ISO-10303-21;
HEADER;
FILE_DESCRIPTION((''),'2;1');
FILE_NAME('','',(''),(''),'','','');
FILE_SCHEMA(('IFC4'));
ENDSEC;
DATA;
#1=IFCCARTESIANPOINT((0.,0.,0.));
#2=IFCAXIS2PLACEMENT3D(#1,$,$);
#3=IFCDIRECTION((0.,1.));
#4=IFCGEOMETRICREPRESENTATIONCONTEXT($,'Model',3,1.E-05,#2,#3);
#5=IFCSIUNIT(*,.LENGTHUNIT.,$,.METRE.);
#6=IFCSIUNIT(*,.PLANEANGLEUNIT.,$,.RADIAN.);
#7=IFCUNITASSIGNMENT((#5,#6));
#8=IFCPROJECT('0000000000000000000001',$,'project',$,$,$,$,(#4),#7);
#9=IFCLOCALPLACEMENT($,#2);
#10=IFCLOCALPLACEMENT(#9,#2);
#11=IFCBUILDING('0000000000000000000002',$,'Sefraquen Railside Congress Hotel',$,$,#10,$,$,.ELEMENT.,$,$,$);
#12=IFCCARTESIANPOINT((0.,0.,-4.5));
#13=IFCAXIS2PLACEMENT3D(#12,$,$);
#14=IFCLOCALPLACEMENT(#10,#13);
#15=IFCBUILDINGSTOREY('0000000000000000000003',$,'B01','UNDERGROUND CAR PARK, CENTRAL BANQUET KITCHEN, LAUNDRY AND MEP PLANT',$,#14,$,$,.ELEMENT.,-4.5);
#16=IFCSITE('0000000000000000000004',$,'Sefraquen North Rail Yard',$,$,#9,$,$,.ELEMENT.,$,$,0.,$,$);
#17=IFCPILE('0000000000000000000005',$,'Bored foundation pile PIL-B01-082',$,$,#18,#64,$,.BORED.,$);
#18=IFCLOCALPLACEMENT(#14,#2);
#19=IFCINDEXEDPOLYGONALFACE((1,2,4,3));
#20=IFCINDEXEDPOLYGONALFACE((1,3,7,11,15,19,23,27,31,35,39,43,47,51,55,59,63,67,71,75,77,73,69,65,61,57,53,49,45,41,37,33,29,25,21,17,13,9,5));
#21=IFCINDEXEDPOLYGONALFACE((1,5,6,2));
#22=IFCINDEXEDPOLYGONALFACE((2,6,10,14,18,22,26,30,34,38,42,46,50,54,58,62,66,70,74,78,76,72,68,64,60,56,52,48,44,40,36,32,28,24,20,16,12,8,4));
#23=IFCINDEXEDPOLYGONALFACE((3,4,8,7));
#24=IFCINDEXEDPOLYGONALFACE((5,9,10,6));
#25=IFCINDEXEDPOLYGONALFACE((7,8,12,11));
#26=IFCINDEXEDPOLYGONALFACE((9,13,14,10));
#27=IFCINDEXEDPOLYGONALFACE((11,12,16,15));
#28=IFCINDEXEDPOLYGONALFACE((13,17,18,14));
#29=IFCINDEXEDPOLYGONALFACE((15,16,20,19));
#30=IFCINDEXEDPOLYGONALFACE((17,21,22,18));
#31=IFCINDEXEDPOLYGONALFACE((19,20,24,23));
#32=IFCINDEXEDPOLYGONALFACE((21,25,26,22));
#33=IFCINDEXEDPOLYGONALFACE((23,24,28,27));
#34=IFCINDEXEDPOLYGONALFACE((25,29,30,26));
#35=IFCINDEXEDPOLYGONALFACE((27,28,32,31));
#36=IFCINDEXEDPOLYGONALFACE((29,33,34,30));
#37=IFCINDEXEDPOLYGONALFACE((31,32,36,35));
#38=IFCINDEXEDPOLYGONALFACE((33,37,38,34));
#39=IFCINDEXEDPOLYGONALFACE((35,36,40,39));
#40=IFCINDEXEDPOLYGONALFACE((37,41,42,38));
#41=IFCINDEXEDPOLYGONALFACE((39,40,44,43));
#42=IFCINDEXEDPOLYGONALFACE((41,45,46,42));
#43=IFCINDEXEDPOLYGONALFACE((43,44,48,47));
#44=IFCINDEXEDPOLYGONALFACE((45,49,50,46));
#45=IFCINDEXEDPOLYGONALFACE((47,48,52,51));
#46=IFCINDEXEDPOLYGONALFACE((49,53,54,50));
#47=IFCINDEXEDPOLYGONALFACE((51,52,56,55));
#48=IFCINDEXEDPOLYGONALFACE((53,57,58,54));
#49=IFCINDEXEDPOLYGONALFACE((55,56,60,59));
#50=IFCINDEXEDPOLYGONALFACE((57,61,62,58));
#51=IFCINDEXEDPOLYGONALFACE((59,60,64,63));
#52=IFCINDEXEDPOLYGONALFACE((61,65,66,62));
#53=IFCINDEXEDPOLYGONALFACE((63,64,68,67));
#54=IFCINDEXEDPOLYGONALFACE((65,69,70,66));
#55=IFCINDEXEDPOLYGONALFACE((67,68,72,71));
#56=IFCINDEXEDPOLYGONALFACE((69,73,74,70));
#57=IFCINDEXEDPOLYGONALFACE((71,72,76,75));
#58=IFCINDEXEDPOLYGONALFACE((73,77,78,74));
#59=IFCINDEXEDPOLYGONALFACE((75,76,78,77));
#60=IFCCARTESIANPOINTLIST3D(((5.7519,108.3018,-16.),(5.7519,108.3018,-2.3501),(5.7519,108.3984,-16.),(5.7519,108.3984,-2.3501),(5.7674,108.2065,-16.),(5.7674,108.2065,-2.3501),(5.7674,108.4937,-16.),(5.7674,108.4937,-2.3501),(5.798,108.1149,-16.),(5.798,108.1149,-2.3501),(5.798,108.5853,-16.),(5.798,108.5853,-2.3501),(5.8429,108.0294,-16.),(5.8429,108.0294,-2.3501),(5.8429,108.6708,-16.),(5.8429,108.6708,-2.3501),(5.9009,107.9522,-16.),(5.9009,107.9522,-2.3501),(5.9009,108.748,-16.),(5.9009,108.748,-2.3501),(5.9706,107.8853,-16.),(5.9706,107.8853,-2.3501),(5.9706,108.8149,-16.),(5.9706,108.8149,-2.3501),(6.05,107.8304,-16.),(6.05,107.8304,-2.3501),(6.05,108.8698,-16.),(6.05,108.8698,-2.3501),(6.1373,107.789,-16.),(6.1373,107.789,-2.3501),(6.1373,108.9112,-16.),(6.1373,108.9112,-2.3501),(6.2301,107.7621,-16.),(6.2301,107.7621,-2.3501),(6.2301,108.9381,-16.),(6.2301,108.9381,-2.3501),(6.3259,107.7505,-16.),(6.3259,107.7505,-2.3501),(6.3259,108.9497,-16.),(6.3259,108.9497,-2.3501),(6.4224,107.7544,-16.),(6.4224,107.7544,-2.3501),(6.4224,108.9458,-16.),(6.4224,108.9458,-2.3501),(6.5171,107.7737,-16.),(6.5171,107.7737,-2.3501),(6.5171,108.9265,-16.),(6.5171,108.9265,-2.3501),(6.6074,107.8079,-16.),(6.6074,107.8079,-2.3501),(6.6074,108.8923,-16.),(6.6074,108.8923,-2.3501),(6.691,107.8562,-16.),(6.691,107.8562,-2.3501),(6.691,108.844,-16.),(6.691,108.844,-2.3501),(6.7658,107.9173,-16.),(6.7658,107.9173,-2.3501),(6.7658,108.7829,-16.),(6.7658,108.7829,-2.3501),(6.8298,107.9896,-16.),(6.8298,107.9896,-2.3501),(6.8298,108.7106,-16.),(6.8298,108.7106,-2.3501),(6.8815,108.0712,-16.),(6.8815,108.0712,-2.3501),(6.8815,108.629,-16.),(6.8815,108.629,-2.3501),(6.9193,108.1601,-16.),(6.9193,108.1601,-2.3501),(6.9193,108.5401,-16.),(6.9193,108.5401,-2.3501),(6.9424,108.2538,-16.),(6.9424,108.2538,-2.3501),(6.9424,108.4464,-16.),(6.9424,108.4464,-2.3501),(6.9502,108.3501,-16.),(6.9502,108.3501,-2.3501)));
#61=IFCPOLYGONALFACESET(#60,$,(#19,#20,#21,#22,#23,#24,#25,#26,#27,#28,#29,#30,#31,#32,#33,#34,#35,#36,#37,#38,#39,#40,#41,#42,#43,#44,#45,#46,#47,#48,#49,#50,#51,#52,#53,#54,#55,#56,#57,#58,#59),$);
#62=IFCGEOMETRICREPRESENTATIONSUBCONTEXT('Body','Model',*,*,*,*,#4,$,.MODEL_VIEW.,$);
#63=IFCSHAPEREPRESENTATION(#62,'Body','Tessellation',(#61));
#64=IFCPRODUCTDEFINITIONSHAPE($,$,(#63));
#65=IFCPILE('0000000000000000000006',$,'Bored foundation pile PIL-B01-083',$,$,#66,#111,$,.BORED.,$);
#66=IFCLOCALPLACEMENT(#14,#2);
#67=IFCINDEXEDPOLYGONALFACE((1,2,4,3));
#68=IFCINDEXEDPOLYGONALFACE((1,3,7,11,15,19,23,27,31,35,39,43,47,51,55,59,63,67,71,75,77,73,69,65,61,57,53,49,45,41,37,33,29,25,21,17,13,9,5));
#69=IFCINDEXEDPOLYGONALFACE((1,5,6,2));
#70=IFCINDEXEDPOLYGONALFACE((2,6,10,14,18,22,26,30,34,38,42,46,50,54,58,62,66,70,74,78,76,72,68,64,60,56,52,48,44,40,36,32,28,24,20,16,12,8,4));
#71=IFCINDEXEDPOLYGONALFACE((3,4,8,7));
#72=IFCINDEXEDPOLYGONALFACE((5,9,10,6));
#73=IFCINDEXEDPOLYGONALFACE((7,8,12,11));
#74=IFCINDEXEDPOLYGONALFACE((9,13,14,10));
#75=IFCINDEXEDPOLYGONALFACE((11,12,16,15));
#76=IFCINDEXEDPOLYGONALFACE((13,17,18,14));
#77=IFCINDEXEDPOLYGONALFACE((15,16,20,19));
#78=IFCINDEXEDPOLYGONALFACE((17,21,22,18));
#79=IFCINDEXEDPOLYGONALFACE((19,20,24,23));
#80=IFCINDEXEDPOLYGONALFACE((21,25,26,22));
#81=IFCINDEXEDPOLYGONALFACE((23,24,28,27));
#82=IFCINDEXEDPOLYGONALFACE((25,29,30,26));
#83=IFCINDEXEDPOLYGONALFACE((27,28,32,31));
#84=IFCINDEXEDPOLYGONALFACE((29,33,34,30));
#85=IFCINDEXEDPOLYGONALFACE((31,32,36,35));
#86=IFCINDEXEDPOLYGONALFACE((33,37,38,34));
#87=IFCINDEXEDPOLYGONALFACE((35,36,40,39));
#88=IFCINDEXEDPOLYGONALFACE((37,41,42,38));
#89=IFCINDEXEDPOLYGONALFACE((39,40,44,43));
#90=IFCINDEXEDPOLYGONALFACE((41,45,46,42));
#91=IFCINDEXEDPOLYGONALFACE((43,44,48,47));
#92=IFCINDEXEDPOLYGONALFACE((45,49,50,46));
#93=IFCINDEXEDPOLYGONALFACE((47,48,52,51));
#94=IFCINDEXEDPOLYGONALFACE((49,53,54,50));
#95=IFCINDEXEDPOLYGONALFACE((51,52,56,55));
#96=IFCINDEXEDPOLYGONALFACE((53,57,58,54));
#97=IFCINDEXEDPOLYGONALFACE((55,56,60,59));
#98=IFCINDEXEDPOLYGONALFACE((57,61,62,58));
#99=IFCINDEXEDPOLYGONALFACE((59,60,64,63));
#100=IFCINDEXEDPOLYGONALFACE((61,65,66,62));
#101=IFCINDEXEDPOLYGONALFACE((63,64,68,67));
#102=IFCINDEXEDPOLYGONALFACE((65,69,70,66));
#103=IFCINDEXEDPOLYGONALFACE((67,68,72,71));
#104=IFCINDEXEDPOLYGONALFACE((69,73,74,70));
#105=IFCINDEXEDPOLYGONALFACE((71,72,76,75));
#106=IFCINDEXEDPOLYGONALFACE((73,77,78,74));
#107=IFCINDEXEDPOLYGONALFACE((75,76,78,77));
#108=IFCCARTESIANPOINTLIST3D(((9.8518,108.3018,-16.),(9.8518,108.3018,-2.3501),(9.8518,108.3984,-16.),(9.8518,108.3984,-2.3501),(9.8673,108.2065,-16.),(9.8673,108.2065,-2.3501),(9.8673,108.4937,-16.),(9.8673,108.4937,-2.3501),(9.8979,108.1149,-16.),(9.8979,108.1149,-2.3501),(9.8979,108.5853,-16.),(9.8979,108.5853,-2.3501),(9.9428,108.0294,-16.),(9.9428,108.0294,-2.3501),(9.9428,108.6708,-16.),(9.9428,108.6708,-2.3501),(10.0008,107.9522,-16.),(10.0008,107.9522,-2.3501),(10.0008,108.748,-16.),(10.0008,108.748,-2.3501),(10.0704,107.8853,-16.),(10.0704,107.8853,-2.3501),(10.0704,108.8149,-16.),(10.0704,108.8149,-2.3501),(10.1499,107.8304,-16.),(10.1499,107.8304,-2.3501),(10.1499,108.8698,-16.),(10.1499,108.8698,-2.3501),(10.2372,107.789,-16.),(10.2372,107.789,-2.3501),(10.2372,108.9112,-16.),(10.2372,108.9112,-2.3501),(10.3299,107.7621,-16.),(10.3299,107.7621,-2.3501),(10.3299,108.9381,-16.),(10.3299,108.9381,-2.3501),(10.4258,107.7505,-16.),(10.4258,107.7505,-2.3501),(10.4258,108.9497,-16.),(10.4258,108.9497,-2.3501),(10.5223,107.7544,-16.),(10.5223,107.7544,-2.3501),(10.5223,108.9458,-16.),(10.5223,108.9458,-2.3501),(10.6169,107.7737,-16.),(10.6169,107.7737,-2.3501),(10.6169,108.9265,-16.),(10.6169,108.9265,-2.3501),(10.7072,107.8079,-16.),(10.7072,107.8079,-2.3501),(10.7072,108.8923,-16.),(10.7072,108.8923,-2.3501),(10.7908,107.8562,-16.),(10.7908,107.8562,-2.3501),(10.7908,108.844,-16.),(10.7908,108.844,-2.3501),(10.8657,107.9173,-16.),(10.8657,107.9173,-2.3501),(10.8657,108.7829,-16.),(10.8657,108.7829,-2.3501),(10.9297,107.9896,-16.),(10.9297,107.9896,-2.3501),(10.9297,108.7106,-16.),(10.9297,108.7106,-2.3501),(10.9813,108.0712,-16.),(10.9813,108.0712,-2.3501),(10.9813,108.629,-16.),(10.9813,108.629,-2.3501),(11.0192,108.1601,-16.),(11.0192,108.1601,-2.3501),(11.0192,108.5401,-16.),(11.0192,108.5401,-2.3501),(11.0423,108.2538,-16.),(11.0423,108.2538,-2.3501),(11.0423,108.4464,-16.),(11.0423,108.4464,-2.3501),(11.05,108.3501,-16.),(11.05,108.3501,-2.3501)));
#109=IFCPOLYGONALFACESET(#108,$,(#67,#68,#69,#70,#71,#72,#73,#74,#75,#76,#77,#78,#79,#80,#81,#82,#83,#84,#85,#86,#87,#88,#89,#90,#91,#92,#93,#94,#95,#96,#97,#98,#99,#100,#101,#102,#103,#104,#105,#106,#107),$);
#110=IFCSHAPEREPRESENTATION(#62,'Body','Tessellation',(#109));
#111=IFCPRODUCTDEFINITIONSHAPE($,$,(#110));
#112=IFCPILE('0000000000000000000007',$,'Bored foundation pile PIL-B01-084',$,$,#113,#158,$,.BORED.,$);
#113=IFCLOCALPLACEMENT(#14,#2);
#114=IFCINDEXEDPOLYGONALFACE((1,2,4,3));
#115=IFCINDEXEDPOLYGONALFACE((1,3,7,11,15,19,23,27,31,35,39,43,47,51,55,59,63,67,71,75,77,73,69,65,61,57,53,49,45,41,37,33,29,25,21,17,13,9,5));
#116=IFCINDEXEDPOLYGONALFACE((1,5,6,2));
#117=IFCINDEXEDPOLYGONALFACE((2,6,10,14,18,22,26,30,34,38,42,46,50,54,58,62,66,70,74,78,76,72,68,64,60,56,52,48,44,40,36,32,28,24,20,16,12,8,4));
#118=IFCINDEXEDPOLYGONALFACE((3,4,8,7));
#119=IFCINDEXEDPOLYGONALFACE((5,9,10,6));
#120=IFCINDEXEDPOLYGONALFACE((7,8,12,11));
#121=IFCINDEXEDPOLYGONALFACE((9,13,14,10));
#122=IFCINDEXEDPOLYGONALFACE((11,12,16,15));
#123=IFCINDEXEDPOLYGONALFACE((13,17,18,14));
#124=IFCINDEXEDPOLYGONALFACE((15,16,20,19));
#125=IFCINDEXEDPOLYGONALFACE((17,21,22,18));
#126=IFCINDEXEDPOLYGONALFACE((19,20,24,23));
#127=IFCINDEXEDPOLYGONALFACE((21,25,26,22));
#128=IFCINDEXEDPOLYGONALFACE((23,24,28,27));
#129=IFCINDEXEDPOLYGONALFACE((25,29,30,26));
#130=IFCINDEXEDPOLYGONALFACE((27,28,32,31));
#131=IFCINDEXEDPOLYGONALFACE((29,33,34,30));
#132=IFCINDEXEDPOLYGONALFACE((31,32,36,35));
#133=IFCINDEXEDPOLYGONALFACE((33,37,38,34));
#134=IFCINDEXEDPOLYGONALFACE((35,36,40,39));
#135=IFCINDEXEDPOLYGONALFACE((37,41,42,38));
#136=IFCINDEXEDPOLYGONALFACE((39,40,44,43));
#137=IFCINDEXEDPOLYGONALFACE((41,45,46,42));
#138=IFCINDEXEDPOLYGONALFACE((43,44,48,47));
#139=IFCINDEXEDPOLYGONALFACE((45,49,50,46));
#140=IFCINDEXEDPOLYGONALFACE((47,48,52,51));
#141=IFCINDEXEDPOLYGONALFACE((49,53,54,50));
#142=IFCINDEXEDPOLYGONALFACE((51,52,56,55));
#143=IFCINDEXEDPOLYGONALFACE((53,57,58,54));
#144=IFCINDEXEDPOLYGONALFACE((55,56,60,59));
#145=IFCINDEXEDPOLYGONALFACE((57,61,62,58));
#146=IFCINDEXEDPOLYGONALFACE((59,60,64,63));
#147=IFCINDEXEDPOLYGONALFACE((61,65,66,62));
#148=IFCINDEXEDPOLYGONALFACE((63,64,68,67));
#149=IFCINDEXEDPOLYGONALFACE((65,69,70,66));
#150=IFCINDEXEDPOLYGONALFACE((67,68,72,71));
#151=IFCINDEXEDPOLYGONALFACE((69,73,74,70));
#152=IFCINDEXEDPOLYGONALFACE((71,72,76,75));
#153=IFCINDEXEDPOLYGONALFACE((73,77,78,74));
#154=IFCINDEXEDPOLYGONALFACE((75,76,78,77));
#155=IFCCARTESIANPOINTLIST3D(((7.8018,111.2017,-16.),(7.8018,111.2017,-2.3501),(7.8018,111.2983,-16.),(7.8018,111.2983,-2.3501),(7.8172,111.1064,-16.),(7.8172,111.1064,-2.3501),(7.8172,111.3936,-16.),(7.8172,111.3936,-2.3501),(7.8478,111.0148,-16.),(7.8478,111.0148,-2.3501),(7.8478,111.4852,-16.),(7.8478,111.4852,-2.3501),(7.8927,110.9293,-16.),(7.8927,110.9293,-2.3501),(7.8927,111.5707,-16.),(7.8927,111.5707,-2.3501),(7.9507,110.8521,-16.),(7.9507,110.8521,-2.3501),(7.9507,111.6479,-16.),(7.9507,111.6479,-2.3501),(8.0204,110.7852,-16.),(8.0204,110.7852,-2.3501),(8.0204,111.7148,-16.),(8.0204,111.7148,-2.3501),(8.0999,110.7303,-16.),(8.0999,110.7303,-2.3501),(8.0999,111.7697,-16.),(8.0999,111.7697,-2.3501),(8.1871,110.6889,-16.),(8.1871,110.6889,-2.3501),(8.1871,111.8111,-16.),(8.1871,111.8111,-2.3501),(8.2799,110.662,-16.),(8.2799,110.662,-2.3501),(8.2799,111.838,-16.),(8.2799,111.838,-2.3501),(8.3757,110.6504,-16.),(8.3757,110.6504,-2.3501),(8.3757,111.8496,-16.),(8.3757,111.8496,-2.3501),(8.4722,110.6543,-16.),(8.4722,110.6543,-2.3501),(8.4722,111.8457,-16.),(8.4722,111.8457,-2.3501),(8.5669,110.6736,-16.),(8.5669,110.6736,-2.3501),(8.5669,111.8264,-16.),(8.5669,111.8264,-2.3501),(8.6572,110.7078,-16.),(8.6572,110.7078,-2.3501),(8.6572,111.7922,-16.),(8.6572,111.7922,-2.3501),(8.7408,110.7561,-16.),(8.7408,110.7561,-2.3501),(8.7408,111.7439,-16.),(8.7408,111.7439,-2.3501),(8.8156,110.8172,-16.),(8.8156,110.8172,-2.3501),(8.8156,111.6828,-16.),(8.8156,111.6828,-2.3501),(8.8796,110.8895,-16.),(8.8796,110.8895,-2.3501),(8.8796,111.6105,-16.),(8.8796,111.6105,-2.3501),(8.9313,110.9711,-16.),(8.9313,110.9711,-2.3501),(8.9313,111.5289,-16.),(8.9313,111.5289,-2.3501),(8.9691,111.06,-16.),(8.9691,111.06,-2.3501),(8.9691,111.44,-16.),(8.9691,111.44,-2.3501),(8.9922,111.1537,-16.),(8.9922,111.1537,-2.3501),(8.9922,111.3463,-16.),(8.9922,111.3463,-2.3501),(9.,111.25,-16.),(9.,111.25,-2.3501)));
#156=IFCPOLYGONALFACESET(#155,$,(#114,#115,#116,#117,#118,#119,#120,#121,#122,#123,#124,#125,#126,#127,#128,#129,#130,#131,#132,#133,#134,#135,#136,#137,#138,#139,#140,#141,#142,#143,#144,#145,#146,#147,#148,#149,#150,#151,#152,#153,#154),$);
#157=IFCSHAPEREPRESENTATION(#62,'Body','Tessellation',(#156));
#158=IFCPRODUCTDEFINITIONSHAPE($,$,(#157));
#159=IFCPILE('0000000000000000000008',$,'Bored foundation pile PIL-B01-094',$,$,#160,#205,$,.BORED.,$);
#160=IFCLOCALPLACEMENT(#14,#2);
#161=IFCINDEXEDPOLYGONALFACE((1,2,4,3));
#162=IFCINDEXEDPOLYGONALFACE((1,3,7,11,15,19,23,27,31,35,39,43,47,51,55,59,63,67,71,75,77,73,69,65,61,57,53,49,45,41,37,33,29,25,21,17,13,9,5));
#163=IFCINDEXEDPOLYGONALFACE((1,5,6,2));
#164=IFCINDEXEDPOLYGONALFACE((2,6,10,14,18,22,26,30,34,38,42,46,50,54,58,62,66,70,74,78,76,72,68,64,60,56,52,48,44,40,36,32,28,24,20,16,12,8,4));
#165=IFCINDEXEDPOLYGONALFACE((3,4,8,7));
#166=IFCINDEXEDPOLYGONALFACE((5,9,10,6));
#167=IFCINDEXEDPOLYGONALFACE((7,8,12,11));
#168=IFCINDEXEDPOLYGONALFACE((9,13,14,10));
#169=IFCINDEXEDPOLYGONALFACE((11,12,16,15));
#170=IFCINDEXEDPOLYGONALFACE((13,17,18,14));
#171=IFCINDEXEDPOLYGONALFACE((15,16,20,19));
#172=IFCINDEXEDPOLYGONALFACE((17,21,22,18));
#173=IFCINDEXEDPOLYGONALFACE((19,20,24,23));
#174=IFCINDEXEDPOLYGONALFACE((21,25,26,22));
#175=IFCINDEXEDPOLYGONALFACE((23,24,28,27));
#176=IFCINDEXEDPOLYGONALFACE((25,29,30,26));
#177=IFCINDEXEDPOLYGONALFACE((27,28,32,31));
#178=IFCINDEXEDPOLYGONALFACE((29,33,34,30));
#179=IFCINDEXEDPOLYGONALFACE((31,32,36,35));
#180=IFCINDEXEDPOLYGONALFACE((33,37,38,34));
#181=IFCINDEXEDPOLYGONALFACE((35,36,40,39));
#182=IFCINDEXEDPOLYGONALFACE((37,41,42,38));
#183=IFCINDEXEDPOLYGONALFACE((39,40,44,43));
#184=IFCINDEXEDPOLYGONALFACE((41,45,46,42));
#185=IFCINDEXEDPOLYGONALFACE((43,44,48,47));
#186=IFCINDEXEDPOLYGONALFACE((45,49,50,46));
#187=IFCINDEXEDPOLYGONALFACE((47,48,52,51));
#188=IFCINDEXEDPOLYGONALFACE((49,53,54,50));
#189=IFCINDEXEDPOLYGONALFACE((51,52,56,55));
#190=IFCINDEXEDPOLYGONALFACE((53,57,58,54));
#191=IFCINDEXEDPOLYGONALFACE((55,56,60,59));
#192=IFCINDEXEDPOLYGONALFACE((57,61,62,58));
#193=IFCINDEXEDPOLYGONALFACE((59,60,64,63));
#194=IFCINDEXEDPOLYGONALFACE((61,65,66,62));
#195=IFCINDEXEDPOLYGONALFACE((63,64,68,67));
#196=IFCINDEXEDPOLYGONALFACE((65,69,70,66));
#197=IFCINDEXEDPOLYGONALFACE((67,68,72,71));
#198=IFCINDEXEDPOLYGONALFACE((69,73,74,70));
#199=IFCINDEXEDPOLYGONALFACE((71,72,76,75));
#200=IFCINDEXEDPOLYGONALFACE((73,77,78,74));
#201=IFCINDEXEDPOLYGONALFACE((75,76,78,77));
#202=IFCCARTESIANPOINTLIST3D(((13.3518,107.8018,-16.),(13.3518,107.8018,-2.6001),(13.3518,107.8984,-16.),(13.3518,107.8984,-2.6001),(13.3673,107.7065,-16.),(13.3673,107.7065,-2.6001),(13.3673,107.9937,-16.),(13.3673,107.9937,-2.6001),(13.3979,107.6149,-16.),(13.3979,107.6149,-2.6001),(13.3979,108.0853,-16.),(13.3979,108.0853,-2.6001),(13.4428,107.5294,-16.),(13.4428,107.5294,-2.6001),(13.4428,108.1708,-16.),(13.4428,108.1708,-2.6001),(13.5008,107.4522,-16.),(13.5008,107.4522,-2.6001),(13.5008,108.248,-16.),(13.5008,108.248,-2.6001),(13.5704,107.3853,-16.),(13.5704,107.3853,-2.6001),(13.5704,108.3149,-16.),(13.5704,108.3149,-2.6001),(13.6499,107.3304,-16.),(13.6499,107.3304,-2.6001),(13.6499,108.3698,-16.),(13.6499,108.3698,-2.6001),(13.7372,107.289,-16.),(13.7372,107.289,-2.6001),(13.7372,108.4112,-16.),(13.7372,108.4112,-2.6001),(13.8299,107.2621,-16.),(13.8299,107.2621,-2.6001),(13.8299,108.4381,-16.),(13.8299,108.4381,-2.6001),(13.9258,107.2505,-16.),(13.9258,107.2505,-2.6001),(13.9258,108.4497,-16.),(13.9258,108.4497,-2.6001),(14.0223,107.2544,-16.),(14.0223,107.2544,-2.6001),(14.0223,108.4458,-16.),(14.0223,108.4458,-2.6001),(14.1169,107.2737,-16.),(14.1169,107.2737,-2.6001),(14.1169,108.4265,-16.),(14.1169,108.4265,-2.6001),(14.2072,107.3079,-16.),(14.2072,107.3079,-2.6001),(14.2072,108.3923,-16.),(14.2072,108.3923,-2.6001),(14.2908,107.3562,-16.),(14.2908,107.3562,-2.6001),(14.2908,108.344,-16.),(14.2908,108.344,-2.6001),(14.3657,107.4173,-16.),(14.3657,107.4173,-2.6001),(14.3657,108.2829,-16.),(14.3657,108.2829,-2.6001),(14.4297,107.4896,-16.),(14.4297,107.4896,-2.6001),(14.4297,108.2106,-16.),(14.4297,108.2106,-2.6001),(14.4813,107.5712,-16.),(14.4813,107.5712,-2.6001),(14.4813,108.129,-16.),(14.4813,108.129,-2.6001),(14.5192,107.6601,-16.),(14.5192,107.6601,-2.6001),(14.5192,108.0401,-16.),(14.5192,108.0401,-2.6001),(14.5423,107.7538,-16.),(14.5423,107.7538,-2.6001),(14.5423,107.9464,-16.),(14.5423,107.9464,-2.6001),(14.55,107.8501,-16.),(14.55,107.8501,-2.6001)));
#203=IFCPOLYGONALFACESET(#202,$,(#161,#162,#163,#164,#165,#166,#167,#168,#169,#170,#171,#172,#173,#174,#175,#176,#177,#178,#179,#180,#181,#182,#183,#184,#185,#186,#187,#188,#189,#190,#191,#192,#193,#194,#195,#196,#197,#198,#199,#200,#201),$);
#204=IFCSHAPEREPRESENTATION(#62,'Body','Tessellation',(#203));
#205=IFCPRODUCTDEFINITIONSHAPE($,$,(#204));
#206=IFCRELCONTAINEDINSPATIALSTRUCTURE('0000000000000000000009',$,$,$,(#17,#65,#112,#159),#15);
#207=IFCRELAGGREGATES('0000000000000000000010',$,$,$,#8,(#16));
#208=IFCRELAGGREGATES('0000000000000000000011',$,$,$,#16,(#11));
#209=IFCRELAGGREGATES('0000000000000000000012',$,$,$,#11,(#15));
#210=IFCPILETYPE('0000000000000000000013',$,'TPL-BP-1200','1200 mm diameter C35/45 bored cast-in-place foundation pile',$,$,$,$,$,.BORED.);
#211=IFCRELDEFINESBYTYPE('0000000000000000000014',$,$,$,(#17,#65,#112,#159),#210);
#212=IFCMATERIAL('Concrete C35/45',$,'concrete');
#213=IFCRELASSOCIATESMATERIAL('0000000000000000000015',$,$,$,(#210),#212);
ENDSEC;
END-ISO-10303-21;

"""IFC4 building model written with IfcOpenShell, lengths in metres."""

from ifc_helpers import new_model, si_unit, direction, frame, origin, origin_2d, place, context, subcontext, project, spatial, circle, extrude, material, material_profile, profile_set, type_object, element, save


model = new_model("IFC4")

# Units and contexts
model_context = context("Model", 3, precision=1e-05, world=origin(), true_north=direction((0.0, 1.0)))
body_context = subcontext(model_context, "Body", "Model", "MODEL_VIEW")
ifc_project = project(units=[si_unit("LENGTHUNIT", "METRE"), si_unit("PLANEANGLEUNIT", "RADIAN")], contexts=[model_context])

# Site, building, storey
site_placement = place(None, origin())
site = spatial("IfcSite", under=ifc_project, at=site_placement, Name="Sefraquen North Rail Yard", CompositionType="ELEMENT", RefElevation=0.0)
building_placement = place(site_placement, origin())
building = spatial("IfcBuilding", under=site, at=building_placement, Name="Sefraquen Railside Congress Hotel", CompositionType="ELEMENT")
storey_placement = place(building_placement, frame((0.0, 0.0, -4.5)))
storey = spatial("IfcBuildingStorey", under=building, at=storey_placement, Name="B01", Description="UNDERGROUND CAR PARK, CENTRAL BANQUET KITCHEN, LAUNDRY AND MEP PLANT", CompositionType="ELEMENT", Elevation=-4.5)

# Piles
ifc_material_1 = material(Name="Concrete C35/45", Category="concrete")
ifc_material_profile_1 = material_profile(ifc_material_1, circle(Radius=0.6001, at=origin_2d()), Name="BORED PILE 1200")
ifc_profile_set_1 = profile_set([ifc_material_profile_1], Name="Concrete C35/45")
pile_type_1 = type_object("IfcPileType", Name="TPL-BP-1200", Description="1200 mm diameter C35/45 bored cast-in-place foundation pile", PredefinedType="BORED", material=ifc_profile_set_1)
for number, where, z_axis, x_axis, name in (
    (1, (6.3501, 108.3501, -2.3501), (0.0, 0.0, -1.0), (1.0, 0.0, 0.0), "Bored foundation pile PIL-B01-082"),
    (2, (10.45, 108.3501, -2.3501), (0.0, 0.0, -1.0), (1.0, 0.0, 0.0), "Bored foundation pile PIL-B01-083"),
    (3, (8.3999, 111.25, -2.3501), (0.0, 0.0, -1.0), (1.0, 0.0, 0.0), "Bored foundation pile PIL-B01-084"),
):
    element("IfcPile", number, at=place(storey_placement, frame(where, z_axis=z_axis, x_axis=x_axis)), inside=storey, type_object=pile_type_1, Name=name, PredefinedType="BORED", context=body_context, shape_type="SweptSolid", body=[
        extrude(circle(Radius=0.6001, at=origin_2d()), origin(), (0.0, 0.0, 1.0), 13.6499),
    ])
for number, where, z_axis, x_axis, name in (
    (4, (13.95, 107.8501, -2.6001), (0.0, 0.0, -1.0), (1.0, 0.0, 0.0), "Bored foundation pile PIL-B01-094"),
):
    element("IfcPile", number, at=place(storey_placement, frame(where, z_axis=z_axis, x_axis=x_axis)), inside=storey, type_object=pile_type_1, Name=name, PredefinedType="BORED", context=body_context, shape_type="SweptSolid", body=[
        extrude(circle(Radius=0.6001, at=origin_2d()), origin(), (0.0, 0.0, 1.0), 13.3999),
    ])

save(model, "model.ifc")
